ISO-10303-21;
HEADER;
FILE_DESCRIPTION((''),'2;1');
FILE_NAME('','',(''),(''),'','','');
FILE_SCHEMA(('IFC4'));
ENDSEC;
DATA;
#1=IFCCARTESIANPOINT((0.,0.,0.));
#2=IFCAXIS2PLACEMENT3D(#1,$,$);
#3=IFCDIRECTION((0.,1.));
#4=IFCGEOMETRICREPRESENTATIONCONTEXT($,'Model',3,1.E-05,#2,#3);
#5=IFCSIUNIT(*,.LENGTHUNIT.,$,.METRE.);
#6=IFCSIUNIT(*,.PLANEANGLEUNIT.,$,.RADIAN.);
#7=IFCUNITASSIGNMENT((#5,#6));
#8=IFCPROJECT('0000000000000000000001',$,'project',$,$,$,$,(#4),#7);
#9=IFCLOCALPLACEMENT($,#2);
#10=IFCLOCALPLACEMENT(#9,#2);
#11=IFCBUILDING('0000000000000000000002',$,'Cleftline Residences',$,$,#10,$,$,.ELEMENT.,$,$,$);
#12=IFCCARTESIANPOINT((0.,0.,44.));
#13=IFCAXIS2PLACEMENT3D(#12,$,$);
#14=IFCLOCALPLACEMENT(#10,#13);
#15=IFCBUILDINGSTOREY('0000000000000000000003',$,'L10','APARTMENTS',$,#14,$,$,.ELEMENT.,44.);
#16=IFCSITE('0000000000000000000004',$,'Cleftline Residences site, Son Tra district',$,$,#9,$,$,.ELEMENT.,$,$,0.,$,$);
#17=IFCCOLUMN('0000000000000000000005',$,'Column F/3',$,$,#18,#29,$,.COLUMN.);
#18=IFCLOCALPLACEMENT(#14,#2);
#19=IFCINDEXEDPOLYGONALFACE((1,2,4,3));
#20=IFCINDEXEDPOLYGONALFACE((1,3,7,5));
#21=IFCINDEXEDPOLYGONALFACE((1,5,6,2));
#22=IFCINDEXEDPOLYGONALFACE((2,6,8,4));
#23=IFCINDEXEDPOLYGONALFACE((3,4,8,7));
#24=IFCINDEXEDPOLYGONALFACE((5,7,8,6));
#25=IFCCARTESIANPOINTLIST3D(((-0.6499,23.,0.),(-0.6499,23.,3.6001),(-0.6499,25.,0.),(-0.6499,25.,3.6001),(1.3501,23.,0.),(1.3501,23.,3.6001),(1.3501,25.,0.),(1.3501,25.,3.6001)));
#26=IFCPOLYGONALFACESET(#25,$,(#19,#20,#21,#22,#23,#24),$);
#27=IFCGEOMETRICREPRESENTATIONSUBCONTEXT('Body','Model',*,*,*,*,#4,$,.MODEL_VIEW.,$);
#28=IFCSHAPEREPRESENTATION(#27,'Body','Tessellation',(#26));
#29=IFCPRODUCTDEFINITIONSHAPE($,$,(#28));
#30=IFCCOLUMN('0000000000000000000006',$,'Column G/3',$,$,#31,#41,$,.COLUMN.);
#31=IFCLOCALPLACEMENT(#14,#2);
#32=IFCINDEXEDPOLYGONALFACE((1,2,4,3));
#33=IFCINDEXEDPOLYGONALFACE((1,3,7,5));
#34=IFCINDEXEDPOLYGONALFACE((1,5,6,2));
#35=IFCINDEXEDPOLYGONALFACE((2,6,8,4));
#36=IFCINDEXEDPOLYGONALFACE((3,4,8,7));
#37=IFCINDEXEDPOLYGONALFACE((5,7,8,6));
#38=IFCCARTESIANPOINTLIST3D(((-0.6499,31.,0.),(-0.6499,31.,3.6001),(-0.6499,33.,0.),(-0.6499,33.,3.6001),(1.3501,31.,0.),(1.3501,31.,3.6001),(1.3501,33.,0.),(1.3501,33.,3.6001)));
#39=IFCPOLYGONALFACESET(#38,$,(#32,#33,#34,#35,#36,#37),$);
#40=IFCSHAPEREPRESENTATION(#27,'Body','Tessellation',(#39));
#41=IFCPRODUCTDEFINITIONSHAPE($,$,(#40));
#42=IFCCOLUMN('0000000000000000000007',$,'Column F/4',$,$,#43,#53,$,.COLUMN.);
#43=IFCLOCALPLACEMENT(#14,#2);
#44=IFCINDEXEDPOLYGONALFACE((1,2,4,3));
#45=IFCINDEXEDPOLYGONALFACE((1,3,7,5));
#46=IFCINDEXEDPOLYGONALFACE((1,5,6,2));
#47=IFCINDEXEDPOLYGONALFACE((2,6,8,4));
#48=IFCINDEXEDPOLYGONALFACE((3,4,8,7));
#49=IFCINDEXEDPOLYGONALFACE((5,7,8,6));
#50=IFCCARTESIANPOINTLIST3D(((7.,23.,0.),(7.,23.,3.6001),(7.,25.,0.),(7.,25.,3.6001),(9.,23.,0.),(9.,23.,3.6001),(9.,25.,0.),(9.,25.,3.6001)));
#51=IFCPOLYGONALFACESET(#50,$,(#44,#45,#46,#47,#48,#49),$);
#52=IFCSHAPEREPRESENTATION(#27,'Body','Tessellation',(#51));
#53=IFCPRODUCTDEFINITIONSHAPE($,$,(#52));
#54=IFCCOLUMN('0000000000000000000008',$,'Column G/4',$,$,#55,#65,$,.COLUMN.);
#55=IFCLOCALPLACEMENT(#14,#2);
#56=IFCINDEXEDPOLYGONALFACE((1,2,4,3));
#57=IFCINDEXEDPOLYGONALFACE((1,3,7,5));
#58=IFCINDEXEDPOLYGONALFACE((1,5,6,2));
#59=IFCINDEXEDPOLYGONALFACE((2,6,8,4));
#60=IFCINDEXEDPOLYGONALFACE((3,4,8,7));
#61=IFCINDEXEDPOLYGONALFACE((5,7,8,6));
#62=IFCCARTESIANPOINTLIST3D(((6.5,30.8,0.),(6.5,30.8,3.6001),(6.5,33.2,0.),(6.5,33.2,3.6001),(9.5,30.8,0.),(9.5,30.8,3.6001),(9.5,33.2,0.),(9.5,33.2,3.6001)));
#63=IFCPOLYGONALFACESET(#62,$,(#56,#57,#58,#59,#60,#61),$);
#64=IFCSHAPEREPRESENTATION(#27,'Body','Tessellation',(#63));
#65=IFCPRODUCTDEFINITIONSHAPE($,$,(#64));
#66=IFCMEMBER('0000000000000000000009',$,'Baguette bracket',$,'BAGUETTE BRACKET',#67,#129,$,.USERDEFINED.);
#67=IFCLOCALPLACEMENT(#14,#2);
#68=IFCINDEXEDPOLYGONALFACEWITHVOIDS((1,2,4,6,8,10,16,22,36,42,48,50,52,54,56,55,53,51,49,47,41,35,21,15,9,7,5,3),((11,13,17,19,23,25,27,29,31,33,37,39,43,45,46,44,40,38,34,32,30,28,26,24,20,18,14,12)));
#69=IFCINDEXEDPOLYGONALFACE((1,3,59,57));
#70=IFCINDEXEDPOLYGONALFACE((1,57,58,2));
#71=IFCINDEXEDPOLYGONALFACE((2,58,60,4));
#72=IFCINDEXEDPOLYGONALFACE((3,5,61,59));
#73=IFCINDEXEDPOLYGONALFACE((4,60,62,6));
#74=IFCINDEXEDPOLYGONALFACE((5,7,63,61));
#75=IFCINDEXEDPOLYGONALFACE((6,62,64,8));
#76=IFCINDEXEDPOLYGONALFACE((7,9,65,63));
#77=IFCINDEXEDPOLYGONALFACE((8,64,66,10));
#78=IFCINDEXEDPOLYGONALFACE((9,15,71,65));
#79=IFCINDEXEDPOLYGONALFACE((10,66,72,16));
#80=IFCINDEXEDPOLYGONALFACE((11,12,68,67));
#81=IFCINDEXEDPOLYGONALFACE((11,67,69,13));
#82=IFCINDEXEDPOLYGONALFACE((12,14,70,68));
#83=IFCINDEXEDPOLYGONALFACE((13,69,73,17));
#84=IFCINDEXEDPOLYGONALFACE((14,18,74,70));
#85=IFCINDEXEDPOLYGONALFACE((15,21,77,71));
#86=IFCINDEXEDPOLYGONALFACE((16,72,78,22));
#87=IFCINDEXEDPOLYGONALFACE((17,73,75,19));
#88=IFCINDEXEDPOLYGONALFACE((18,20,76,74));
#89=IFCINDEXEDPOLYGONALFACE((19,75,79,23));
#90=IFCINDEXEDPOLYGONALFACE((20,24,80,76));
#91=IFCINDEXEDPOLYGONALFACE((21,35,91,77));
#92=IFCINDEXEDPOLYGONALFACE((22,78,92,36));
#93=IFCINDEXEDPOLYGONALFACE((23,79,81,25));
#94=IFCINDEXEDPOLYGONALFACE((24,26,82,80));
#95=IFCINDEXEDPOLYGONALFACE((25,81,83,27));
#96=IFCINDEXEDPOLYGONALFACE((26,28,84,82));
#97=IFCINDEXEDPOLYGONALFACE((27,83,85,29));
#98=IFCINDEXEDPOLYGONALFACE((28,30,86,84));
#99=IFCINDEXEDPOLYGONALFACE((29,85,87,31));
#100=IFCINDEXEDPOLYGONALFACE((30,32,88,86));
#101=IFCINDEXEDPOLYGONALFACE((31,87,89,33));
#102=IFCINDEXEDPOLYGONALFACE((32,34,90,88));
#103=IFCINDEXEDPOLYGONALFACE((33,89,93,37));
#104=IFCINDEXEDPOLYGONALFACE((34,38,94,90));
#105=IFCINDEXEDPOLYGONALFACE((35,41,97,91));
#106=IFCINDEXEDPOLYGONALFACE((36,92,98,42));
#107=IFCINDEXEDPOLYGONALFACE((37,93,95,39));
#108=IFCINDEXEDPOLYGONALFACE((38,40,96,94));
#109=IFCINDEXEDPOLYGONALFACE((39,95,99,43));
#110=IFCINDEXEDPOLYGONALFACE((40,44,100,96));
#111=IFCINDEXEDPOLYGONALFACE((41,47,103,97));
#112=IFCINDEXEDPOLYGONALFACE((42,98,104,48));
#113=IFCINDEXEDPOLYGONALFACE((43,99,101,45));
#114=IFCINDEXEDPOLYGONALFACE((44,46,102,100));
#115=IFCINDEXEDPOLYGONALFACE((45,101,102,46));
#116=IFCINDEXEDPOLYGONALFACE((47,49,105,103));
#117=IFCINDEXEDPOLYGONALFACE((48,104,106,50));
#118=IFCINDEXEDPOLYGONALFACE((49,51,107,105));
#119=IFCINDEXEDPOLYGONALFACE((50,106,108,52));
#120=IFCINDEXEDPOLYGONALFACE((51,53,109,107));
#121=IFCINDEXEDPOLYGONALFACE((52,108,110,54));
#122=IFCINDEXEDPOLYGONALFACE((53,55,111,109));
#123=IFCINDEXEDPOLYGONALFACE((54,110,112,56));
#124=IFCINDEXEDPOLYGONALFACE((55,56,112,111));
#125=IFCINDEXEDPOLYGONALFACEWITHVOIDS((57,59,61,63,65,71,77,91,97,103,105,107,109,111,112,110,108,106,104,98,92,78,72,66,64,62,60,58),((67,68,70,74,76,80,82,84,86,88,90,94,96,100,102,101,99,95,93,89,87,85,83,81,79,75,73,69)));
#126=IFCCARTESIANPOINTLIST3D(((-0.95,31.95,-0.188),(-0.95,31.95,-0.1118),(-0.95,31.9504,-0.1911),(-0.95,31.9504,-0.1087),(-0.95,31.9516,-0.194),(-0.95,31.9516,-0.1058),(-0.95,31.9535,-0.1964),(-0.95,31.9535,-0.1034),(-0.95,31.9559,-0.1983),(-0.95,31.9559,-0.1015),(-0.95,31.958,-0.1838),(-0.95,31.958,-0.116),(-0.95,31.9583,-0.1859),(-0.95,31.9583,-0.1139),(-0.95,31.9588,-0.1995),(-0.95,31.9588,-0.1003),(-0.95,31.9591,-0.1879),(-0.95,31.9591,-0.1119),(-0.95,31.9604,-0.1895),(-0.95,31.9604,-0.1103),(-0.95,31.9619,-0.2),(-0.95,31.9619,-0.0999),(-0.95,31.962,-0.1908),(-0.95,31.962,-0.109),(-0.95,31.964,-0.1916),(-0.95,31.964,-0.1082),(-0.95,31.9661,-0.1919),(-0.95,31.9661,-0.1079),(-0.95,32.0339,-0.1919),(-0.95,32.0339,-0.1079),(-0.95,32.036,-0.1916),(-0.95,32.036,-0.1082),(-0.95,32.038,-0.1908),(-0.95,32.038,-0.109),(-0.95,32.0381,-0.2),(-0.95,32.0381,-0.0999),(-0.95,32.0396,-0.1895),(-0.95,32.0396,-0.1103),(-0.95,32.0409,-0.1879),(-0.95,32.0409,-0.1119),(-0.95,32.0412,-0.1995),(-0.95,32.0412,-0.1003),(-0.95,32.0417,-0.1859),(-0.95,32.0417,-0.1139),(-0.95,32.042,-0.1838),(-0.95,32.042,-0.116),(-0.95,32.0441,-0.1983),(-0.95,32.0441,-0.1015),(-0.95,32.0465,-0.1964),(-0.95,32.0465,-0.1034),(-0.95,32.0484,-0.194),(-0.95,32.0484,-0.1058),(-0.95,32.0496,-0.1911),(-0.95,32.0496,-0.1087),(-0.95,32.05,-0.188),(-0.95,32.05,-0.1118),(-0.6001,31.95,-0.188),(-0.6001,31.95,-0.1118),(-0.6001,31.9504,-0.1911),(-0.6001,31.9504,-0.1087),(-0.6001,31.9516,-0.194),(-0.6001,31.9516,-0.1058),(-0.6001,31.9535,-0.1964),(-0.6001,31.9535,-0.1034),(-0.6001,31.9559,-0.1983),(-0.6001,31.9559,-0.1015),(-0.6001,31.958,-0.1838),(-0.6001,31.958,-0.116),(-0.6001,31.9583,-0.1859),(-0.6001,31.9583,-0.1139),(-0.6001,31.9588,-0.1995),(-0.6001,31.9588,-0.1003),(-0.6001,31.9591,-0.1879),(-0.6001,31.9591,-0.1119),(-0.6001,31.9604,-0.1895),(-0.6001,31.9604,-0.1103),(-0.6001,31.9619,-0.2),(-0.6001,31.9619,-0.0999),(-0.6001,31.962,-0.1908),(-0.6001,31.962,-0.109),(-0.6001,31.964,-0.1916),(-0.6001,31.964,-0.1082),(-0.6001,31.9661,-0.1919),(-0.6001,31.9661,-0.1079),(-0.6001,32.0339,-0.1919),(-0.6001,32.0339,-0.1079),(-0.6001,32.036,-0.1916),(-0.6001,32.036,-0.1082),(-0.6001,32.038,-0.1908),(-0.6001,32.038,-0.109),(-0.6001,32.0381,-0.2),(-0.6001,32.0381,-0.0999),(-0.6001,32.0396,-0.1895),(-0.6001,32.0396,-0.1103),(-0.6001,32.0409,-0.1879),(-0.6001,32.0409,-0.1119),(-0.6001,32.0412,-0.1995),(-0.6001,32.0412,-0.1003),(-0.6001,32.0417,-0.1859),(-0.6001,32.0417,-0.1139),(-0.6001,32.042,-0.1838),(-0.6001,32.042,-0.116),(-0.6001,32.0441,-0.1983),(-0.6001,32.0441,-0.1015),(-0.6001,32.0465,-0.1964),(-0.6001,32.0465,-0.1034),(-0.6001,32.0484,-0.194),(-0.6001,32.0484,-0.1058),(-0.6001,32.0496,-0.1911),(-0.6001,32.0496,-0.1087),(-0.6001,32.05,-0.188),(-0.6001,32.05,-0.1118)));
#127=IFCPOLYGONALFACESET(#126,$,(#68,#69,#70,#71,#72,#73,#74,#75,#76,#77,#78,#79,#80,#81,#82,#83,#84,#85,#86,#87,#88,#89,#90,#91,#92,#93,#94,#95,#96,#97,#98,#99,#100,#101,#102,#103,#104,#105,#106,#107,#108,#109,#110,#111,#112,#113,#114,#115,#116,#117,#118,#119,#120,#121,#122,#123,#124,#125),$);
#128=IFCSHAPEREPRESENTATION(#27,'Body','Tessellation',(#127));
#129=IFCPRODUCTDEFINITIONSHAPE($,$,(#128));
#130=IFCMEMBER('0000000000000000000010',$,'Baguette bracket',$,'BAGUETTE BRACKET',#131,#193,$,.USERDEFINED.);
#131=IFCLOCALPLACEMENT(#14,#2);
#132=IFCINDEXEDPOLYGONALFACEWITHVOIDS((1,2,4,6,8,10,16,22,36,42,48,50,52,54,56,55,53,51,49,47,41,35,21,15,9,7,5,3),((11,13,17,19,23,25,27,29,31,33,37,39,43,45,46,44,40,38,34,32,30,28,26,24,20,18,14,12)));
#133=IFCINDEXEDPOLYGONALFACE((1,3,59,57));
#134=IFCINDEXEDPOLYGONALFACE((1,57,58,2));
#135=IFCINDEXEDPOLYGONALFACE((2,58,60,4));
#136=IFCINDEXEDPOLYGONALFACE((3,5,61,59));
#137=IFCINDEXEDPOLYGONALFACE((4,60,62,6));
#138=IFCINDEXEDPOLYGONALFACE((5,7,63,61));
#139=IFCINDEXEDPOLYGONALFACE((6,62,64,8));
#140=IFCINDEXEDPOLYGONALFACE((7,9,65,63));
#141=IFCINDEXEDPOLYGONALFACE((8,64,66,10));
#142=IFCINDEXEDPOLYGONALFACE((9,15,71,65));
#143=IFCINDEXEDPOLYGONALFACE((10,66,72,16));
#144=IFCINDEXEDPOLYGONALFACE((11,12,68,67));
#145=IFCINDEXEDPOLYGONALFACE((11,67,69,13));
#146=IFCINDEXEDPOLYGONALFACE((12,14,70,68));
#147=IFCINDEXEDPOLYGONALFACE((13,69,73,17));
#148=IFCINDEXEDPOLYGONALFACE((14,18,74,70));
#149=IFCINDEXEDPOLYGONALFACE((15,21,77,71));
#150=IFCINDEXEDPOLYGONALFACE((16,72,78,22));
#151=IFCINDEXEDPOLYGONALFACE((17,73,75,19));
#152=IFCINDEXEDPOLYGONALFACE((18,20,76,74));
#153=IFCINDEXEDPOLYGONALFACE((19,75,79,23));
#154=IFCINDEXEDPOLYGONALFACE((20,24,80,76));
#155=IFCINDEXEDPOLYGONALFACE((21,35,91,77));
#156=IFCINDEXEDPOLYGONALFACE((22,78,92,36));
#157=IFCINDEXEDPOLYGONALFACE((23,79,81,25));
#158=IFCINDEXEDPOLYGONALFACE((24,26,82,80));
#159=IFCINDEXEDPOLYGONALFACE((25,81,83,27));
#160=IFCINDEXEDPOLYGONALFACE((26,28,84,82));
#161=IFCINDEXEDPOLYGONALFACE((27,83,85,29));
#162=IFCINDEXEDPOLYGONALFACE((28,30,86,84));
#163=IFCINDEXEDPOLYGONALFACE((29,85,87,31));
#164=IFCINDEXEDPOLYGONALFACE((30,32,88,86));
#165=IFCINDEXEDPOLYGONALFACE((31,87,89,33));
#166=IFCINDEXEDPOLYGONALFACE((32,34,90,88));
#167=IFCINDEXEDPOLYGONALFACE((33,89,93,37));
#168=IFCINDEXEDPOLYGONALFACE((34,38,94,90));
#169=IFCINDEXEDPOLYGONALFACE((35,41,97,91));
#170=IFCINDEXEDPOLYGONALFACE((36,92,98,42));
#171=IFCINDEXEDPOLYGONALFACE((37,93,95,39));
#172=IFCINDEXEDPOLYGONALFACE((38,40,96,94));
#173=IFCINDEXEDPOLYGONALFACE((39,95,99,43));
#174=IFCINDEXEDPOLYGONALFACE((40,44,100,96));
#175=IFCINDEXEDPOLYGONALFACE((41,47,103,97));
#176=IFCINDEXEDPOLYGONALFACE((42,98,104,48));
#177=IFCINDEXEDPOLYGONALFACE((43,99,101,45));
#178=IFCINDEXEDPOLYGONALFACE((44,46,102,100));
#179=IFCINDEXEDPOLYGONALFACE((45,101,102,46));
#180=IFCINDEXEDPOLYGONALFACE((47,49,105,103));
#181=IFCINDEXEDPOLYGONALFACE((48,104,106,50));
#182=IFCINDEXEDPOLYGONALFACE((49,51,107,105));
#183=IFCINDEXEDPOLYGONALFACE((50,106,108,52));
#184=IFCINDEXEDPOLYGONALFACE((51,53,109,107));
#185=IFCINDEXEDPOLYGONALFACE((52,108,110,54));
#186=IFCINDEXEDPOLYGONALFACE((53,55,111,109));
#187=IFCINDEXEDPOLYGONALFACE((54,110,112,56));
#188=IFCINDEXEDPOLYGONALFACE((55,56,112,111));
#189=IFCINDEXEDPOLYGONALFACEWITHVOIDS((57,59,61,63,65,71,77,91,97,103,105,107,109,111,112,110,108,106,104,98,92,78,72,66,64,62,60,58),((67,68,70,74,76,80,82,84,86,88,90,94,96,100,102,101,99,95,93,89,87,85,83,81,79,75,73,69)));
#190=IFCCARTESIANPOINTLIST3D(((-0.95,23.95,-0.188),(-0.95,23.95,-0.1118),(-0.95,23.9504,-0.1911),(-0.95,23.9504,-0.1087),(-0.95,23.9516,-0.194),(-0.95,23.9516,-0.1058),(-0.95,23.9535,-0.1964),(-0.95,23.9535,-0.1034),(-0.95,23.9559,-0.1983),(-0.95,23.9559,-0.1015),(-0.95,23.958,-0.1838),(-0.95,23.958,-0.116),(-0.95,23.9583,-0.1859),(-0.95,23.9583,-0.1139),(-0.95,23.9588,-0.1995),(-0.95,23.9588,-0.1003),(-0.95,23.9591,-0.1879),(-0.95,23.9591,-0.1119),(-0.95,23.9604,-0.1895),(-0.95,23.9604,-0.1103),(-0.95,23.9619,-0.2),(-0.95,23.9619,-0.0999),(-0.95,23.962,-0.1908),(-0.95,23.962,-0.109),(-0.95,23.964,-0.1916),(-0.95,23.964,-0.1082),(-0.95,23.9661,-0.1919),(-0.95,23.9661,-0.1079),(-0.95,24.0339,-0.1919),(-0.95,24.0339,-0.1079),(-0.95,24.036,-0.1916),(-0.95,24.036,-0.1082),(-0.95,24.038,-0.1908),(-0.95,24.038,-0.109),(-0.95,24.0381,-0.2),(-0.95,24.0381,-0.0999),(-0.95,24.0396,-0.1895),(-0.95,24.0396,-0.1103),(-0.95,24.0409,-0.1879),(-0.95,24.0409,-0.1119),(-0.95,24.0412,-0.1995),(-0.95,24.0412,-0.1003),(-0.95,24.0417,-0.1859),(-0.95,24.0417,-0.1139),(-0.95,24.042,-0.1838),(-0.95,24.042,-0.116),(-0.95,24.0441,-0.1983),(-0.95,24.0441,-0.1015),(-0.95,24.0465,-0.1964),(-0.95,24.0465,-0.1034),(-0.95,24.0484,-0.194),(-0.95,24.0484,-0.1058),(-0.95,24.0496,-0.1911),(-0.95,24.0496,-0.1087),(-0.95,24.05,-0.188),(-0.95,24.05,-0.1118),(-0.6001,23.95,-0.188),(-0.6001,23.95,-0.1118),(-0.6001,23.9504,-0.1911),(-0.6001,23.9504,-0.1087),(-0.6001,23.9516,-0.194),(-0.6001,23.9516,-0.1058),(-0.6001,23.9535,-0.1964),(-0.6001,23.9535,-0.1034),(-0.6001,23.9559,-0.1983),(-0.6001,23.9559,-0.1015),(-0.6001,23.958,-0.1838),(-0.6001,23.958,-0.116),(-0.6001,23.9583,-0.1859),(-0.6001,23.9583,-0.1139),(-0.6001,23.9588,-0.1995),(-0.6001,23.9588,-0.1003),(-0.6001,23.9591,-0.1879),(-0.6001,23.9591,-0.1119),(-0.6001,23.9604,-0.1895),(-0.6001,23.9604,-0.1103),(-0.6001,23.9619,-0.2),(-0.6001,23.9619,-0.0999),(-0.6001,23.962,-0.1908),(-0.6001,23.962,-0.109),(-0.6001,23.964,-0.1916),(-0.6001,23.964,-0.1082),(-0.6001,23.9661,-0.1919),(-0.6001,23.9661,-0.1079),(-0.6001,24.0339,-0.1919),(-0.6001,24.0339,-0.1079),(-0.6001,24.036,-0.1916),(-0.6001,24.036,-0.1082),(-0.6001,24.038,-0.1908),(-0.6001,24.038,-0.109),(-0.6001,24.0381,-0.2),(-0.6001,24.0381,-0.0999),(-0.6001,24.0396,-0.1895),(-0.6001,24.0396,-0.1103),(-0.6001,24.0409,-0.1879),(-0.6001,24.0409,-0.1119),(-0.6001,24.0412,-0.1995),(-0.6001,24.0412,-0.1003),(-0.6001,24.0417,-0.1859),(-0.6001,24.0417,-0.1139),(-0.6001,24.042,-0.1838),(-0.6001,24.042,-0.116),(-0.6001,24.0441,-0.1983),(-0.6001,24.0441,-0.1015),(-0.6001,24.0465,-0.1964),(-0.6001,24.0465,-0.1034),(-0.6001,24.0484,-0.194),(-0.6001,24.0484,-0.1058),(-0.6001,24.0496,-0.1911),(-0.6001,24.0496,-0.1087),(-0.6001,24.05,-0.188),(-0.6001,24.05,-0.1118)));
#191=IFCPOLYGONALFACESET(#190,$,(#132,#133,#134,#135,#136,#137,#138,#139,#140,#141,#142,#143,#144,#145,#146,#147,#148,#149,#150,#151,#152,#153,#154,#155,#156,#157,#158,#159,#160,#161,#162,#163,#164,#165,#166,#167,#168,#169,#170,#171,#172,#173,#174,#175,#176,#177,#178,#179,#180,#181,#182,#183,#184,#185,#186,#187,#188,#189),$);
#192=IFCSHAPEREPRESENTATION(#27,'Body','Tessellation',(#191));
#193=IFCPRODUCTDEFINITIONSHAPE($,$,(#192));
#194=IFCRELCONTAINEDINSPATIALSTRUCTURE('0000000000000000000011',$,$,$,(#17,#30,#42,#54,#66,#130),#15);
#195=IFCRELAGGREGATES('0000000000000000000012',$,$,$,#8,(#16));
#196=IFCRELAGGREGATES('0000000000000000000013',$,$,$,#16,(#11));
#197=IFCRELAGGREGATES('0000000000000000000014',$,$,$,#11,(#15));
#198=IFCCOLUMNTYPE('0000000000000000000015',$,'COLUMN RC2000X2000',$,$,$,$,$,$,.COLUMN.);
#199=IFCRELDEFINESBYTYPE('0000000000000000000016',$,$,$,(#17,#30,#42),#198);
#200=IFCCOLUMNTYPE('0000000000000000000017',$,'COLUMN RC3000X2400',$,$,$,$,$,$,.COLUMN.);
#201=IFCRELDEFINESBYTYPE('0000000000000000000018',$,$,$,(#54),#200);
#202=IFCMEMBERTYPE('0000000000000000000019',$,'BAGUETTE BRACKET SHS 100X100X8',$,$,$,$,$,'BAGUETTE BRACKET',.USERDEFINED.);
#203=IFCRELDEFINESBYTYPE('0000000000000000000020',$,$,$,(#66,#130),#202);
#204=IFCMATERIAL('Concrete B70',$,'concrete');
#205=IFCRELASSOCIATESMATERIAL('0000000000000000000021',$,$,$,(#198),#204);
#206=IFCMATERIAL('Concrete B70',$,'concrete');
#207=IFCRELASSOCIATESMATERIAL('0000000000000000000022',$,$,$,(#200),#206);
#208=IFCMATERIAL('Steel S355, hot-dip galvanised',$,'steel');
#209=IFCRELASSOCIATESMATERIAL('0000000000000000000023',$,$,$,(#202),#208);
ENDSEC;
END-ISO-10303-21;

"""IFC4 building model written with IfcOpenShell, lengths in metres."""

from ifc_helpers import new_model, si_unit, direction, frame, origin, origin_2d, place, context, subcontext, project, spatial, rectangle, hollow_rectangle, extrude, material, material_profile, profile_set, type_object, element, save


model = new_model("IFC4")

# Units and contexts
model_context = context("Model", 3, precision=1e-05, world=origin(), true_north=direction((0.0, 1.0)))
body_context = subcontext(model_context, "Body", "Model", "MODEL_VIEW")
ifc_project = project(units=[si_unit("LENGTHUNIT", "METRE"), si_unit("PLANEANGLEUNIT", "RADIAN")], contexts=[model_context])

# Site, building, storey
site_placement = place(None, origin())
site = spatial("IfcSite", under=ifc_project, at=site_placement, Name="Cleftline Residences site, Son Tra district", CompositionType="ELEMENT", RefElevation=0.0)
building_placement = place(site_placement, origin())
building = spatial("IfcBuilding", under=site, at=building_placement, Name="Cleftline Residences", CompositionType="ELEMENT")
storey_placement = place(building_placement, frame((0.0, 0.0, 44.0)))
storey = spatial("IfcBuildingStorey", under=building, at=storey_placement, Name="L10", Description="APARTMENTS", CompositionType="ELEMENT", Elevation=44.0)

# Columns
ifc_material_1 = material(Name="Concrete B70", Category="concrete")
ifc_material_profile_1 = material_profile(ifc_material_1, rectangle(XDim=2.0, YDim=2.0, at=origin_2d()))
ifc_profile_set_1 = profile_set([ifc_material_profile_1], Name="Concrete B70")
column_type_1 = type_object("IfcColumnType", Name="COLUMN RC2000X2000", PredefinedType="COLUMN", material=ifc_profile_set_1)
for number, where, z_axis, x_axis, name in (
    (1, (0.3501, 24.0, 0.0), (0.0, 0.0, 1.0), (1.0, 0.0, 0.0), "Column F/3"),
    (2, (0.3501, 32.0, 0.0), (0.0, 0.0, 1.0), (1.0, 0.0, 0.0), "Column G/3"),
    (3, (8.0, 24.0, 0.0), (0.0, 0.0, 1.0), (1.0, 0.0, 0.0), "Column F/4"),
):
    element("IfcColumn", number, at=place(storey_placement, frame(where, z_axis=z_axis, x_axis=x_axis)), inside=storey, type_object=column_type_1, Name=name, PredefinedType="COLUMN", context=body_context, shape_type="SweptSolid", body=[
        extrude(rectangle(XDim=2.0, YDim=2.0, at=origin_2d()), origin(), (0.0, 0.0, 1.0), 3.6001),
    ])
ifc_material_2 = material(Name="Concrete B70", Category="concrete")
ifc_material_profile_2 = material_profile(ifc_material_2, rectangle(XDim=3.0, YDim=2.3999, at=origin_2d()))
ifc_profile_set_2 = profile_set([ifc_material_profile_2], Name="Concrete B70")
column_type_2 = type_object("IfcColumnType", Name="COLUMN RC3000X2400", PredefinedType="COLUMN", material=ifc_profile_set_2)
column_placement = place(storey_placement, frame((8.0, 32.0, 0.0), z_axis=(0.0, 0.0, 1.0), x_axis=(1.0, 0.0, 0.0)))
element("IfcColumn", 4, at=column_placement, inside=storey, type_object=column_type_2, Name="Column G/4", PredefinedType="COLUMN", context=body_context, shape_type="SweptSolid", body=[
    extrude(rectangle(XDim=3.0, YDim=2.3999, at=origin_2d()), origin(), (0.0, 0.0, 1.0), 3.6001),
])

# Members
ifc_material_3 = material(Name="Steel S355, hot-dip galvanised", Category="steel")
ifc_material_profile_3 = material_profile(ifc_material_3, hollow_rectangle(XDim=0.1001, YDim=0.1001, WallThickness=0.0081, InnerFilletRadius=0.0081, OuterFilletRadius=0.012, at=origin_2d()))
ifc_profile_set_3 = profile_set([ifc_material_profile_3], Name="Steel S355, hot-dip galvanised")
member_type_1 = type_object("IfcMemberType", Name="BAGUETTE BRACKET SHS 100X100X8", ElementType="BAGUETTE BRACKET", PredefinedType="USERDEFINED", material=ifc_profile_set_3)
for number, where, z_axis, x_axis, name in (
    (5, (-0.6001, 32.0, -0.1499), (-1.0, 0.0, 0.0), (0.0, -1.0, 0.0), "Baguette bracket"),
    (6, (-0.6001, 24.0, -0.1499), (-1.0, 0.0, 0.0), (0.0, -1.0, 0.0), "Baguette bracket"),
):
    element("IfcMember", number, at=place(storey_placement, frame(where, z_axis=z_axis, x_axis=x_axis)), inside=storey, type_object=member_type_1, Name=name, ObjectType="BAGUETTE BRACKET", PredefinedType="USERDEFINED", context=body_context, shape_type="SweptSolid", body=[
        extrude(hollow_rectangle(XDim=0.1001, YDim=0.1001, WallThickness=0.0081, InnerFilletRadius=0.0081, OuterFilletRadius=0.012, at=origin_2d()), origin(), (0.0, 0.0, 1.0), 0.3499),
    ])

save(model, "model.ifc")
